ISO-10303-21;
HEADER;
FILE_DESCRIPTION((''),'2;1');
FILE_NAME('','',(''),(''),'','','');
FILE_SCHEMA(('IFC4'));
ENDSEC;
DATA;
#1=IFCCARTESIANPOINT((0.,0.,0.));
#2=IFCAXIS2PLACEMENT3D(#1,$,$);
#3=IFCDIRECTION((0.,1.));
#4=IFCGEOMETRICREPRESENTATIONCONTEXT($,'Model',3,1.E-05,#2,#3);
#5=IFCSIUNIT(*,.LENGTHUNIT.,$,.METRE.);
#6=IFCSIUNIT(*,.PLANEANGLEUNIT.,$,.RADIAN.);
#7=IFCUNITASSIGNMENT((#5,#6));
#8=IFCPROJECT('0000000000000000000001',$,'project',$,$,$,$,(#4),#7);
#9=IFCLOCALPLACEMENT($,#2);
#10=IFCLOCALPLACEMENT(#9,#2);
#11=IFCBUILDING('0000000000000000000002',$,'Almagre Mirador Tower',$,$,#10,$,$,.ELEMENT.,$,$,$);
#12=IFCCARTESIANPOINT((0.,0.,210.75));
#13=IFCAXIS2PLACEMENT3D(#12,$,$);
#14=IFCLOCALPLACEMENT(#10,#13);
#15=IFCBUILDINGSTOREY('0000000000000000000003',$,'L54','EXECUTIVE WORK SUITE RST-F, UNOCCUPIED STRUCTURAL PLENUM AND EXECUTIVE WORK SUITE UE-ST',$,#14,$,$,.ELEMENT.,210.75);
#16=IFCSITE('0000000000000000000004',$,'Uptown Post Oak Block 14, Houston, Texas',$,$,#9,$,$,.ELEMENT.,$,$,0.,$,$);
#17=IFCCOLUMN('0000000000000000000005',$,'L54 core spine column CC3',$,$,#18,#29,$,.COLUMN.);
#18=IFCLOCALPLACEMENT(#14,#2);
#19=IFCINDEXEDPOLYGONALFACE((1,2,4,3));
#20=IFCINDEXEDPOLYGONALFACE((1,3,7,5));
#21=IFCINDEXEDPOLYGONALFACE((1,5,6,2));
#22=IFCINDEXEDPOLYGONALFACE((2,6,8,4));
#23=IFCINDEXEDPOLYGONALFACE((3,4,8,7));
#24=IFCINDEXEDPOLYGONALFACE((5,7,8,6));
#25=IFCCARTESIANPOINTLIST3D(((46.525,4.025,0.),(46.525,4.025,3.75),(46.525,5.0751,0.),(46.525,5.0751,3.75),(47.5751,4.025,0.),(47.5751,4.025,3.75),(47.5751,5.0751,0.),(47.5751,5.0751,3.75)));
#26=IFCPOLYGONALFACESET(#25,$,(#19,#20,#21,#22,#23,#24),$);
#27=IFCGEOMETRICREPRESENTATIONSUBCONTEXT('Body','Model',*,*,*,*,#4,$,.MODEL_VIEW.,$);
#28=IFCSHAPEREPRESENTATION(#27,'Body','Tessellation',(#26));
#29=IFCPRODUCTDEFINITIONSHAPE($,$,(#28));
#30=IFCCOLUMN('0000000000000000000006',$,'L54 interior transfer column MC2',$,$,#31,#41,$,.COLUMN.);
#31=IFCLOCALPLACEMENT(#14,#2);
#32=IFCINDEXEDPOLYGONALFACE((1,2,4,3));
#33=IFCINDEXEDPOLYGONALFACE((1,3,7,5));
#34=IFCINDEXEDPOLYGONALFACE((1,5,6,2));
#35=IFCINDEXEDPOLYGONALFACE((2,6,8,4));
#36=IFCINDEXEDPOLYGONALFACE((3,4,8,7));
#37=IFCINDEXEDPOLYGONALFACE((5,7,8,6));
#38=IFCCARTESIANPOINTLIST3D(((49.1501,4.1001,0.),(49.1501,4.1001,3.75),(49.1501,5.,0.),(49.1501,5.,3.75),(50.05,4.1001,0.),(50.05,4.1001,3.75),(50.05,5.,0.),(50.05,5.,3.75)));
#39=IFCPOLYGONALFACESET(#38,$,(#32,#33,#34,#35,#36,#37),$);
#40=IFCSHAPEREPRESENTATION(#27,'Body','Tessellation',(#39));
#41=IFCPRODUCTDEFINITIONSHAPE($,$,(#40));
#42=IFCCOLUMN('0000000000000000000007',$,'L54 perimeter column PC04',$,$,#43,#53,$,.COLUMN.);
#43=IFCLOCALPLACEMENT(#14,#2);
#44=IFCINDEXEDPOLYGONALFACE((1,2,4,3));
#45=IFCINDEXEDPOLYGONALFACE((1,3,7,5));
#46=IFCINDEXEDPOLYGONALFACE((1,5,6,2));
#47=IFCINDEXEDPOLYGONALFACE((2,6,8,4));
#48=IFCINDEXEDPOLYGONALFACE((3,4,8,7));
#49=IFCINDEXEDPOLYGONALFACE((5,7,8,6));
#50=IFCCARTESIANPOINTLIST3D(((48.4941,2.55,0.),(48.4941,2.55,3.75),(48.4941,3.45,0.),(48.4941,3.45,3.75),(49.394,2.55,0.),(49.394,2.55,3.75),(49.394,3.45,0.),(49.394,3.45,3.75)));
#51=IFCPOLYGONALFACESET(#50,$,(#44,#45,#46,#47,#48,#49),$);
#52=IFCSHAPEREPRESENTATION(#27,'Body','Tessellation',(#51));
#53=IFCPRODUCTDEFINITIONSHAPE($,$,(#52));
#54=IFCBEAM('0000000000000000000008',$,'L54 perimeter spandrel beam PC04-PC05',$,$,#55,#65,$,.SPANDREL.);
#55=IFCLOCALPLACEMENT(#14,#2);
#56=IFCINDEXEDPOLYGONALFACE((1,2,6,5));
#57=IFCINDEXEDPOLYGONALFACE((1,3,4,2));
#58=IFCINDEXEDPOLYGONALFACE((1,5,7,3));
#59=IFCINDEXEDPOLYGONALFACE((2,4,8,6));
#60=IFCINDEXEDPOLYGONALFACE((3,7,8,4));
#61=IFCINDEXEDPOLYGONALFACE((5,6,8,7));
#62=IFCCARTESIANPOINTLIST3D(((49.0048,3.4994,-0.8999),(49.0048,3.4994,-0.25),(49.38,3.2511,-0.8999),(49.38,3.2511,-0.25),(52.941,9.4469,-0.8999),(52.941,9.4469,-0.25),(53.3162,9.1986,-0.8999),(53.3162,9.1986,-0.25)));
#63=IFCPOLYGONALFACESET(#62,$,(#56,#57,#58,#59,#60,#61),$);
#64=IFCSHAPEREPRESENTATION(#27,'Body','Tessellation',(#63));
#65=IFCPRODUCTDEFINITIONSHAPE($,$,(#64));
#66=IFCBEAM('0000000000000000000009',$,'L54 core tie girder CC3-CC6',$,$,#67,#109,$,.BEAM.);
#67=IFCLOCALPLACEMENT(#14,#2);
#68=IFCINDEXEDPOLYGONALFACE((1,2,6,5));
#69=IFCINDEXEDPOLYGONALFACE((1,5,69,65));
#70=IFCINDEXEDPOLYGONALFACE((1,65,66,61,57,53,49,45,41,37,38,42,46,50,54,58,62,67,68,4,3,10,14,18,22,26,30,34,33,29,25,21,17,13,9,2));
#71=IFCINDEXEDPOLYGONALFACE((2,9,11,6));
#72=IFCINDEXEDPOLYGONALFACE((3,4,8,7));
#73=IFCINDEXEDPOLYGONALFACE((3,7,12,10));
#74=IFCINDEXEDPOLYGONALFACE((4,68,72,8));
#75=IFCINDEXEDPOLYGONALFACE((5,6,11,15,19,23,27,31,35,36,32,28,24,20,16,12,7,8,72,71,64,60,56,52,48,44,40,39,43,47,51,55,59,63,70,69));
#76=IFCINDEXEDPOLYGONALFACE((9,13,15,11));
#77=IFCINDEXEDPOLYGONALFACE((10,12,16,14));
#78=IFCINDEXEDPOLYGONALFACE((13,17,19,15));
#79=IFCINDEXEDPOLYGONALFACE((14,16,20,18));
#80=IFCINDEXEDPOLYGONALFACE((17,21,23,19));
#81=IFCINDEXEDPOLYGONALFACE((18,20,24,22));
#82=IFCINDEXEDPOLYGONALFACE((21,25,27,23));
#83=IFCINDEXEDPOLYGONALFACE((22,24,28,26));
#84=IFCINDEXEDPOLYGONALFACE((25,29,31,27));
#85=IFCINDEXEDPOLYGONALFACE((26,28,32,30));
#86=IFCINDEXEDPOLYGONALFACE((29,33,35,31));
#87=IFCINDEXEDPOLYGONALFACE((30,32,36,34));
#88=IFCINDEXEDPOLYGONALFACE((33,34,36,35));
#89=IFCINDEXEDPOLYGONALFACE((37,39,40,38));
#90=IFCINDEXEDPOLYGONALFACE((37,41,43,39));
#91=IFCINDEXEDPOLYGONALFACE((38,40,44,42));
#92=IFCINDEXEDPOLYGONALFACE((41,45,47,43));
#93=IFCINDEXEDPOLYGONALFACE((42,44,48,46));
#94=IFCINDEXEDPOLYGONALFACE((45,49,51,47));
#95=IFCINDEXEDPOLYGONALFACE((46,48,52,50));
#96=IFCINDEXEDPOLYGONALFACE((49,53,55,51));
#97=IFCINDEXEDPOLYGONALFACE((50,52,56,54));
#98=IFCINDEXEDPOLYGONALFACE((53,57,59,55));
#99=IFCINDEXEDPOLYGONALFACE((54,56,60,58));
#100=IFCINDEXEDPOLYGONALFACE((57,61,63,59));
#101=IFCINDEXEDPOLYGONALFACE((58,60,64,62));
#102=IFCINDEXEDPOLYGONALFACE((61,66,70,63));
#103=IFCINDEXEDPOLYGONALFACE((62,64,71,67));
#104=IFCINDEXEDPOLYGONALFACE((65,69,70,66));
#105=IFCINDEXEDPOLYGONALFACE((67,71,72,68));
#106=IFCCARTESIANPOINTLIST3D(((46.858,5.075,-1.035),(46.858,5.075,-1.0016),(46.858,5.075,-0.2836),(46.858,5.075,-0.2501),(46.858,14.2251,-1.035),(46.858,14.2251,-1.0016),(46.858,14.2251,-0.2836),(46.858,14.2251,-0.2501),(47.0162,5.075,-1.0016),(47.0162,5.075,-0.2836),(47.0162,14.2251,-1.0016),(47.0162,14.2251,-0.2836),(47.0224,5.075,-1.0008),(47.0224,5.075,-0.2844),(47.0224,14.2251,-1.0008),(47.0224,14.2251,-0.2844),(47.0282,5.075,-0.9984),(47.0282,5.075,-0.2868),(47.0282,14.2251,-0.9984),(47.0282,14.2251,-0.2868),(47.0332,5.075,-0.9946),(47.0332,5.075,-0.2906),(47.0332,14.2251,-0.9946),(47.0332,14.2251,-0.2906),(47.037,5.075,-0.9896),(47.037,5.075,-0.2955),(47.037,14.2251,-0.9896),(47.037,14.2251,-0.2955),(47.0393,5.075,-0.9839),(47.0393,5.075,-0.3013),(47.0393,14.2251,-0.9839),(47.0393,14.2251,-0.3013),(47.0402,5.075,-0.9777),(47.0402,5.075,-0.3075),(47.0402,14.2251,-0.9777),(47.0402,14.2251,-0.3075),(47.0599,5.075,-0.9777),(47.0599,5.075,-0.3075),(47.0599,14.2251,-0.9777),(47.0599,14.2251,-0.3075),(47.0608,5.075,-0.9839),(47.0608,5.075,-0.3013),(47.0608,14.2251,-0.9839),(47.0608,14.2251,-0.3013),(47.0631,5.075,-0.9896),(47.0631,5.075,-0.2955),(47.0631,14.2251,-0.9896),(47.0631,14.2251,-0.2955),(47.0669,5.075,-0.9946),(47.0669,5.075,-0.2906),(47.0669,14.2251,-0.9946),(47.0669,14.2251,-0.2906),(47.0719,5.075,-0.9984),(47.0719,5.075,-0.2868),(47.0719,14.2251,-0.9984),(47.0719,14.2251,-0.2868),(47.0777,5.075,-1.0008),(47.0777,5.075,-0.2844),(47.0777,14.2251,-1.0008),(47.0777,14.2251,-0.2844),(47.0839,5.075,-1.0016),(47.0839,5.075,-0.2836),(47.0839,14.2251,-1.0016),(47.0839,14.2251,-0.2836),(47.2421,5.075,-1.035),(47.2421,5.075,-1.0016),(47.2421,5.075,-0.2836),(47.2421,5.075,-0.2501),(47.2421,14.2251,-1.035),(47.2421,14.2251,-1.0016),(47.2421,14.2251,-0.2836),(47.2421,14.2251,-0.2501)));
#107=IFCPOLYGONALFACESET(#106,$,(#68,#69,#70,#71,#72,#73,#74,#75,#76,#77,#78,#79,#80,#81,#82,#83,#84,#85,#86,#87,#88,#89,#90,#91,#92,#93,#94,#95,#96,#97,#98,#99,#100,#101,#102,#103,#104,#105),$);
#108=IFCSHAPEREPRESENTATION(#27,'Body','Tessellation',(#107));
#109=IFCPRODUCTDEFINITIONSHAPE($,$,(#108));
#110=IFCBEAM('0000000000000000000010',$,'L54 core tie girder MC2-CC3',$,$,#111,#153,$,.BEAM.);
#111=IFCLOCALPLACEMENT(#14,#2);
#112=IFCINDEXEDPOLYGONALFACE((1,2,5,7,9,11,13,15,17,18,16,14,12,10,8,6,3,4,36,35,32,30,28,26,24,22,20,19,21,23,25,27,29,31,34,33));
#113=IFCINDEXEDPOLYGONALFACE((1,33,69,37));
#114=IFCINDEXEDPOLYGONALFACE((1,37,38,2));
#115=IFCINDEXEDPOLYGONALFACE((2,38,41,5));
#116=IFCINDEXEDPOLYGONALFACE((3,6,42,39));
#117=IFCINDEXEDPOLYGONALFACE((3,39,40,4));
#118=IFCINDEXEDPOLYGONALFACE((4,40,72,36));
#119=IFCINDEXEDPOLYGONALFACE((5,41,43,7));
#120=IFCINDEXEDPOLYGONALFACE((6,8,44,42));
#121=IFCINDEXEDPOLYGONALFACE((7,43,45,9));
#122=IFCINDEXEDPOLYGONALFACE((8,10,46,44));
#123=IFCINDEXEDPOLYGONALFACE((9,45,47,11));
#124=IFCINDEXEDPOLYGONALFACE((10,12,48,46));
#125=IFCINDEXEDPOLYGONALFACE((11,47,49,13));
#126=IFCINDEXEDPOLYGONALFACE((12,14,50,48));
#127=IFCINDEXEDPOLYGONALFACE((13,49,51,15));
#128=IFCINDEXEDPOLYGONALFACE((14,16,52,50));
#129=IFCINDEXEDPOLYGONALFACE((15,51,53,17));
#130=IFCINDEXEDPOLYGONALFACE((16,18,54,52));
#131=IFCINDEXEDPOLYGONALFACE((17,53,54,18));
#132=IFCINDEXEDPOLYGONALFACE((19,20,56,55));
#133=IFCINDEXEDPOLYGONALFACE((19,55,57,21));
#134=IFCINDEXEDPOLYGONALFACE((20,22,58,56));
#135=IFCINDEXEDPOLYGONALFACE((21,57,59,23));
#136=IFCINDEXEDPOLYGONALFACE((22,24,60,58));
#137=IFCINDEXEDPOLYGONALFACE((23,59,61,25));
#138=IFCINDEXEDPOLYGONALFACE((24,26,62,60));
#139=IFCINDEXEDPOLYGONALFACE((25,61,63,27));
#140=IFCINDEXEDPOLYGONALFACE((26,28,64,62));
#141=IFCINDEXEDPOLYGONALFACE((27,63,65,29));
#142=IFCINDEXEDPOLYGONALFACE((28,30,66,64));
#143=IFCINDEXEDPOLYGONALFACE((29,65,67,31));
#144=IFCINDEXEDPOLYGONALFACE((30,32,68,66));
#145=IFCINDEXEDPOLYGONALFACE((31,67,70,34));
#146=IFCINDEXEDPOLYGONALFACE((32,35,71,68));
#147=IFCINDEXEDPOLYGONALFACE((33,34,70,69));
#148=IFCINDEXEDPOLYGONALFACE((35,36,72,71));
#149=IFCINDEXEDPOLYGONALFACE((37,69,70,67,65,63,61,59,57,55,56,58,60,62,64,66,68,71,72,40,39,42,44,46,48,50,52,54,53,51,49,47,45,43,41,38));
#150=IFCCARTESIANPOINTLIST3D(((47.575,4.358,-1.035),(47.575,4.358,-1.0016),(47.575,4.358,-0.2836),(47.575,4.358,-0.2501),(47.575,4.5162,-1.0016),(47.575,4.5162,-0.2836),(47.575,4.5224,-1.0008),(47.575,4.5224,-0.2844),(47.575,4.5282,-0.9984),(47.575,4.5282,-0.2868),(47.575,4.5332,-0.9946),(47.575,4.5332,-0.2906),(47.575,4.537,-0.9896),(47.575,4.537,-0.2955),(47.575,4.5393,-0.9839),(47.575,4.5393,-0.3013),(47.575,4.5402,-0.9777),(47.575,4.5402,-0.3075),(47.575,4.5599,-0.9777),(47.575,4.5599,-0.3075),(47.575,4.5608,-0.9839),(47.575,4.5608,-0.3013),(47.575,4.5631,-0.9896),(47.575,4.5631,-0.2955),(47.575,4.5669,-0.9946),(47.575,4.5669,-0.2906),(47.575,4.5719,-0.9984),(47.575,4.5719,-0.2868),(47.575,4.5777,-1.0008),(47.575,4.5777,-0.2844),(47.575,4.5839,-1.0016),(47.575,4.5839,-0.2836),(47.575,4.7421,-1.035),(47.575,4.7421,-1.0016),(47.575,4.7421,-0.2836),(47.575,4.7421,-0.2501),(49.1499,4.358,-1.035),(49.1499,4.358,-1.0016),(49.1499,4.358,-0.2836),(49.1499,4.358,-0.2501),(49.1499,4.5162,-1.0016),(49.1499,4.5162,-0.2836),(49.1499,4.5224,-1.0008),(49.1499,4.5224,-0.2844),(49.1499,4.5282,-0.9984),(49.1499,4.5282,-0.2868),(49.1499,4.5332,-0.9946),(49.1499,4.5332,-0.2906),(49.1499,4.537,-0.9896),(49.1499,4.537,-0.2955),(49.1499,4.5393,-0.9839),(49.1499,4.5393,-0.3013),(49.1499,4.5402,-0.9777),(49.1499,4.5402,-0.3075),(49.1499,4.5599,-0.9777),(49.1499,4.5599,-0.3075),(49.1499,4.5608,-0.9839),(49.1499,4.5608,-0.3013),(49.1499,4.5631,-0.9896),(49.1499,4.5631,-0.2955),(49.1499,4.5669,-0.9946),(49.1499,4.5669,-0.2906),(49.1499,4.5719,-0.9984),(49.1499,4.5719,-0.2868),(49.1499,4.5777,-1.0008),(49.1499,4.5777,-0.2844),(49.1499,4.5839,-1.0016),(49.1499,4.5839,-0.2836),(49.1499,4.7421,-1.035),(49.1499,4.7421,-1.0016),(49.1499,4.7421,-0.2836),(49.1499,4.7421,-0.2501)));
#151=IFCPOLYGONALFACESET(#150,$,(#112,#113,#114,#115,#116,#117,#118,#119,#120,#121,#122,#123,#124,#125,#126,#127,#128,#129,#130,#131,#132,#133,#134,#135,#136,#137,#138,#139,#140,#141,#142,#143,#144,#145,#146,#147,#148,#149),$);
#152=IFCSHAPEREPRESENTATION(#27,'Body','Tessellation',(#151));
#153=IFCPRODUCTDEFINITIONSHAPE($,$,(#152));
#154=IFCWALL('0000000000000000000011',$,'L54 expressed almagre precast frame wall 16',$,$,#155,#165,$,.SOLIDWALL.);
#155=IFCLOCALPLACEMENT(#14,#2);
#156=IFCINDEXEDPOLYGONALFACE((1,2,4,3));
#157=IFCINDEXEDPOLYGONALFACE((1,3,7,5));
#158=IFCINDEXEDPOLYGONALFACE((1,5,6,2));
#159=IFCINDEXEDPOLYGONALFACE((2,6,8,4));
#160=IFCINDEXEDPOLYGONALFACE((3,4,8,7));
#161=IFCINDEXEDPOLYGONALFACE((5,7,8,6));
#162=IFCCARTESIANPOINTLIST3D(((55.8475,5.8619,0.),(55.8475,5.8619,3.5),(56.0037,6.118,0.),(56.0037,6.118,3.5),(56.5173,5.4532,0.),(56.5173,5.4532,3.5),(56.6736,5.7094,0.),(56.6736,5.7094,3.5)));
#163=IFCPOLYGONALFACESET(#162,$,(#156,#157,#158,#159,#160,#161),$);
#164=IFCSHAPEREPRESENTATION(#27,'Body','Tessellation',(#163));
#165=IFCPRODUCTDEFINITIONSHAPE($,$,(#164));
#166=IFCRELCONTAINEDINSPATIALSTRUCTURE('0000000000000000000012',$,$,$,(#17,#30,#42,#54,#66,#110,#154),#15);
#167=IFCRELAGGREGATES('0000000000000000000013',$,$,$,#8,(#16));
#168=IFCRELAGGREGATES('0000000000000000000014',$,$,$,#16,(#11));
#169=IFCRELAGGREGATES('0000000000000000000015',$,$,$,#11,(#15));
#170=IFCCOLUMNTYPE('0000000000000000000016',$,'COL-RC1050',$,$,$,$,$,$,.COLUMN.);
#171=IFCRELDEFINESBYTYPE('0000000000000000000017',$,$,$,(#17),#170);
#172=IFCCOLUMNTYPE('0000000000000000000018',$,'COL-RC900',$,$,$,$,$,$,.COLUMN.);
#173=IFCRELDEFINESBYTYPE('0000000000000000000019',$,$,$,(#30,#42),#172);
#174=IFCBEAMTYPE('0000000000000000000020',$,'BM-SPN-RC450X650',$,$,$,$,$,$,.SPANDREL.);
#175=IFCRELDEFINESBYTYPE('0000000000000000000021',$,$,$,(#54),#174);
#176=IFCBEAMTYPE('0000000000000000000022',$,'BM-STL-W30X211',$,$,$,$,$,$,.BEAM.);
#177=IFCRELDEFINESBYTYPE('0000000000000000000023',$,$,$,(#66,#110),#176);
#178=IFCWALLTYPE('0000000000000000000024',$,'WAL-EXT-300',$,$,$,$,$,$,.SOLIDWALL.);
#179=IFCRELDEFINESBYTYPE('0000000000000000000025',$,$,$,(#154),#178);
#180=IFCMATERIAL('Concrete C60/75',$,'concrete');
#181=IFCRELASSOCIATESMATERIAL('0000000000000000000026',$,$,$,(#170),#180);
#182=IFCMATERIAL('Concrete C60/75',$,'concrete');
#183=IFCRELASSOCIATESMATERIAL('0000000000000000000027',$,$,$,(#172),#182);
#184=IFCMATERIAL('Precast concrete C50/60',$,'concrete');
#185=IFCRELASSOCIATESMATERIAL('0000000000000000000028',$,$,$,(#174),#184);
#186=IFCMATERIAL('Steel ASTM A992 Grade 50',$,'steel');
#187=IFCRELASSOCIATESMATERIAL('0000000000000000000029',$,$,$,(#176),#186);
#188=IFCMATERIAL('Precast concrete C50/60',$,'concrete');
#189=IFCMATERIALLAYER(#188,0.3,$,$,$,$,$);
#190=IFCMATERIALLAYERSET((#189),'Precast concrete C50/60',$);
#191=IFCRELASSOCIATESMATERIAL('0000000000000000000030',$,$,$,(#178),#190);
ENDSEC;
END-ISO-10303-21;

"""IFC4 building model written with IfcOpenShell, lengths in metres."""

from ifc_helpers import new_model, si_unit, direction, frame, frame_2d, origin, origin_2d, place, context, subcontext, project, spatial, rectangle, i_section, extrude, material, layer, layer_set, material_profile, profile_set, type_object, element, save


model = new_model("IFC4")

# Units and contexts
model_context = context("Model", 3, precision=1e-05, world=origin(), true_north=direction((0.0, 1.0)))
body_context = subcontext(model_context, "Body", "Model", "MODEL_VIEW")
ifc_project = project(units=[si_unit("LENGTHUNIT", "METRE"), si_unit("PLANEANGLEUNIT", "RADIAN")], contexts=[model_context])

# Site, building, storey
site_placement = place(None, origin())
site = spatial("IfcSite", under=ifc_project, at=site_placement, Name="Uptown Post Oak Block 14, Houston, Texas", CompositionType="ELEMENT", RefElevation=0.0)
building_placement = place(site_placement, origin())
building = spatial("IfcBuilding", under=site, at=building_placement, Name="Almagre Mirador Tower", CompositionType="ELEMENT")
storey_placement = place(building_placement, frame((0.0, 0.0, 210.75)))
storey = spatial("IfcBuildingStorey", under=building, at=storey_placement, Name="L54", Description="EXECUTIVE WORK SUITE RST-F, UNOCCUPIED STRUCTURAL PLENUM AND EXECUTIVE WORK SUITE UE-ST", CompositionType="ELEMENT", Elevation=210.75)

# Columns
ifc_material_1 = material(Name="Concrete C60/75", Category="concrete")
ifc_material_profile_1 = material_profile(ifc_material_1, rectangle(XDim=1.05, YDim=1.05, at=origin_2d()), Name="RC1050X1050")
ifc_profile_set_1 = profile_set([ifc_material_profile_1], Name="Concrete C60/75")
column_type_1 = type_object("IfcColumnType", Name="COL-RC1050", PredefinedType="COLUMN", material=ifc_profile_set_1)
column_placement = place(storey_placement, frame((47.05, 4.55, 0.0), z_axis=(0.0, 0.0, 1.0), x_axis=(1.0, 0.0, 0.0)))
element("IfcColumn", 1, at=column_placement, inside=storey, type_object=column_type_1, Name="L54 core spine column CC3", PredefinedType="COLUMN", context=body_context, shape_type="SweptSolid", body=[
    extrude(rectangle(XDim=1.05, YDim=1.05, at=origin_2d()), origin(), (0.0, 0.0, 1.0), 3.75),
])
ifc_material_2 = material(Name="Concrete C60/75", Category="concrete")
ifc_material_profile_2 = material_profile(ifc_material_2, rectangle(XDim=0.8999, YDim=0.8999, at=origin_2d()), Name="RC900X900")
ifc_profile_set_2 = profile_set([ifc_material_profile_2], Name="Concrete C60/75")
column_type_2 = type_object("IfcColumnType", Name="COL-RC900", PredefinedType="COLUMN", material=ifc_profile_set_2)
for number, where, z_axis, x_axis, name in (
    (2, (49.6001, 4.55, 0.0), (0.0, 0.0, 1.0), (1.0, 0.0, 0.0), "L54 interior transfer column MC2"),
    (3, (48.9441, 3.0, 0.0), (0.0, 0.0, 1.0), (1.0, 0.0, 0.0), "L54 perimeter column PC04"),
):
    element("IfcColumn", number, at=place(storey_placement, frame(where, z_axis=z_axis, x_axis=x_axis)), inside=storey, type_object=column_type_2, Name=name, PredefinedType="COLUMN", context=body_context, shape_type="SweptSolid", body=[
        extrude(rectangle(XDim=0.8999, YDim=0.8999, at=origin_2d()), origin(), (0.0, 0.0, 1.0), 3.75),
    ])

# Beams
ifc_material_3 = material(Name="Precast concrete C50/60", Category="concrete")
ifc_material_profile_3 = material_profile(ifc_material_3, rectangle(XDim=0.45, YDim=0.6499, at=origin_2d()), Name="RC450X650")
ifc_profile_set_3 = profile_set([ifc_material_profile_3], Name="Precast concrete C50/60")
beam_type_1 = type_object("IfcBeamType", Name="BM-SPN-RC450X650", PredefinedType="SPANDREL", material=ifc_profile_set_3)
beam_1_placement = place(storey_placement, frame((49.1924, 3.3752, -0.575), z_axis=(0.551909, 0.833905, 0.0), x_axis=(-0.833905, 0.551909, 0.0)))
element("IfcBeam", 4, at=beam_1_placement, inside=storey, type_object=beam_type_1, Name="L54 perimeter spandrel beam PC04-PC05", PredefinedType="SPANDREL", context=body_context, shape_type="SweptSolid", body=[
    extrude(rectangle(XDim=0.45, YDim=0.6499, at=origin_2d()), origin(), (0.0, 0.0, 1.0), 7.1321),
])
ifc_material_4 = material(Name="Steel ASTM A992 Grade 50", Category="steel")
ifc_material_profile_4 = material_profile(ifc_material_4, i_section(OverallWidth=0.384, OverallDepth=0.7849, WebThickness=0.0198, FlangeThickness=0.0334, FilletRadius=0.0239, at=origin_2d()), Name="W30X211")
ifc_profile_set_4 = profile_set([ifc_material_profile_4], Name="Steel ASTM A992 Grade 50")
beam_type_2 = type_object("IfcBeamType", Name="BM-STL-W30X211", PredefinedType="BEAM", material=ifc_profile_set_4)
beam_2_placement = place(storey_placement, frame((47.05, 5.075, -0.6426), z_axis=(0.0, 1.0, 0.0), x_axis=(-1.0, 0.0, 0.0)))
element("IfcBeam", 5, at=beam_2_placement, inside=storey, type_object=beam_type_2, Name="L54 core tie girder CC3-CC6", PredefinedType="BEAM", context=body_context, shape_type="SweptSolid", body=[
    extrude(i_section(OverallWidth=0.384, OverallDepth=0.7849, WebThickness=0.0198, FlangeThickness=0.0334, FilletRadius=0.0239, at=origin_2d()), origin(), (0.0, 0.0, 1.0), 9.1501),
])
beam_3_placement = place(storey_placement, frame((49.1499, 4.55, -0.6426), z_axis=(-1.0, 0.0, 0.0), x_axis=(0.0, -1.0, 0.0)))
element("IfcBeam", 6, at=beam_3_placement, inside=storey, type_object=beam_type_2, Name="L54 core tie girder MC2-CC3", PredefinedType="BEAM", context=body_context, shape_type="SweptSolid", body=[
    extrude(i_section(OverallWidth=0.384, OverallDepth=0.7849, WebThickness=0.0198, FlangeThickness=0.0334, FilletRadius=0.0239, at=origin_2d()), origin(), (0.0, 0.0, 1.0), 1.575),
])

# Wall
ifc_material_5 = material(Name="Precast concrete C50/60", Category="concrete")
ifc_layer_1 = layer(ifc_material_5, 0.3)
ifc_layer_set_1 = layer_set([ifc_layer_1], Name="Precast concrete C50/60")
wall_type_1 = type_object("IfcWallType", Name="WAL-EXT-300", PredefinedType="SOLIDWALL", material=ifc_layer_set_1)
wall_1_placement = place(storey_placement, frame((56.5955, 5.5813, 0.0), z_axis=(0.0, 0.0, 1.0), x_axis=(-0.853681, 0.520795, 0.0)))
element("IfcWall", 7, at=wall_1_placement, inside=storey, type_object=wall_type_1, Name="L54 expressed almagre precast frame wall 16", PredefinedType="SOLIDWALL", context=body_context, shape_type="SweptSolid", body=[
    extrude(rectangle(XDim=0.7847, YDim=0.3, at=frame_2d((0.3923, 0.0))), origin(), (0.0, 0.0, 1.0), 3.5),
])

save(model, "model.ifc")
